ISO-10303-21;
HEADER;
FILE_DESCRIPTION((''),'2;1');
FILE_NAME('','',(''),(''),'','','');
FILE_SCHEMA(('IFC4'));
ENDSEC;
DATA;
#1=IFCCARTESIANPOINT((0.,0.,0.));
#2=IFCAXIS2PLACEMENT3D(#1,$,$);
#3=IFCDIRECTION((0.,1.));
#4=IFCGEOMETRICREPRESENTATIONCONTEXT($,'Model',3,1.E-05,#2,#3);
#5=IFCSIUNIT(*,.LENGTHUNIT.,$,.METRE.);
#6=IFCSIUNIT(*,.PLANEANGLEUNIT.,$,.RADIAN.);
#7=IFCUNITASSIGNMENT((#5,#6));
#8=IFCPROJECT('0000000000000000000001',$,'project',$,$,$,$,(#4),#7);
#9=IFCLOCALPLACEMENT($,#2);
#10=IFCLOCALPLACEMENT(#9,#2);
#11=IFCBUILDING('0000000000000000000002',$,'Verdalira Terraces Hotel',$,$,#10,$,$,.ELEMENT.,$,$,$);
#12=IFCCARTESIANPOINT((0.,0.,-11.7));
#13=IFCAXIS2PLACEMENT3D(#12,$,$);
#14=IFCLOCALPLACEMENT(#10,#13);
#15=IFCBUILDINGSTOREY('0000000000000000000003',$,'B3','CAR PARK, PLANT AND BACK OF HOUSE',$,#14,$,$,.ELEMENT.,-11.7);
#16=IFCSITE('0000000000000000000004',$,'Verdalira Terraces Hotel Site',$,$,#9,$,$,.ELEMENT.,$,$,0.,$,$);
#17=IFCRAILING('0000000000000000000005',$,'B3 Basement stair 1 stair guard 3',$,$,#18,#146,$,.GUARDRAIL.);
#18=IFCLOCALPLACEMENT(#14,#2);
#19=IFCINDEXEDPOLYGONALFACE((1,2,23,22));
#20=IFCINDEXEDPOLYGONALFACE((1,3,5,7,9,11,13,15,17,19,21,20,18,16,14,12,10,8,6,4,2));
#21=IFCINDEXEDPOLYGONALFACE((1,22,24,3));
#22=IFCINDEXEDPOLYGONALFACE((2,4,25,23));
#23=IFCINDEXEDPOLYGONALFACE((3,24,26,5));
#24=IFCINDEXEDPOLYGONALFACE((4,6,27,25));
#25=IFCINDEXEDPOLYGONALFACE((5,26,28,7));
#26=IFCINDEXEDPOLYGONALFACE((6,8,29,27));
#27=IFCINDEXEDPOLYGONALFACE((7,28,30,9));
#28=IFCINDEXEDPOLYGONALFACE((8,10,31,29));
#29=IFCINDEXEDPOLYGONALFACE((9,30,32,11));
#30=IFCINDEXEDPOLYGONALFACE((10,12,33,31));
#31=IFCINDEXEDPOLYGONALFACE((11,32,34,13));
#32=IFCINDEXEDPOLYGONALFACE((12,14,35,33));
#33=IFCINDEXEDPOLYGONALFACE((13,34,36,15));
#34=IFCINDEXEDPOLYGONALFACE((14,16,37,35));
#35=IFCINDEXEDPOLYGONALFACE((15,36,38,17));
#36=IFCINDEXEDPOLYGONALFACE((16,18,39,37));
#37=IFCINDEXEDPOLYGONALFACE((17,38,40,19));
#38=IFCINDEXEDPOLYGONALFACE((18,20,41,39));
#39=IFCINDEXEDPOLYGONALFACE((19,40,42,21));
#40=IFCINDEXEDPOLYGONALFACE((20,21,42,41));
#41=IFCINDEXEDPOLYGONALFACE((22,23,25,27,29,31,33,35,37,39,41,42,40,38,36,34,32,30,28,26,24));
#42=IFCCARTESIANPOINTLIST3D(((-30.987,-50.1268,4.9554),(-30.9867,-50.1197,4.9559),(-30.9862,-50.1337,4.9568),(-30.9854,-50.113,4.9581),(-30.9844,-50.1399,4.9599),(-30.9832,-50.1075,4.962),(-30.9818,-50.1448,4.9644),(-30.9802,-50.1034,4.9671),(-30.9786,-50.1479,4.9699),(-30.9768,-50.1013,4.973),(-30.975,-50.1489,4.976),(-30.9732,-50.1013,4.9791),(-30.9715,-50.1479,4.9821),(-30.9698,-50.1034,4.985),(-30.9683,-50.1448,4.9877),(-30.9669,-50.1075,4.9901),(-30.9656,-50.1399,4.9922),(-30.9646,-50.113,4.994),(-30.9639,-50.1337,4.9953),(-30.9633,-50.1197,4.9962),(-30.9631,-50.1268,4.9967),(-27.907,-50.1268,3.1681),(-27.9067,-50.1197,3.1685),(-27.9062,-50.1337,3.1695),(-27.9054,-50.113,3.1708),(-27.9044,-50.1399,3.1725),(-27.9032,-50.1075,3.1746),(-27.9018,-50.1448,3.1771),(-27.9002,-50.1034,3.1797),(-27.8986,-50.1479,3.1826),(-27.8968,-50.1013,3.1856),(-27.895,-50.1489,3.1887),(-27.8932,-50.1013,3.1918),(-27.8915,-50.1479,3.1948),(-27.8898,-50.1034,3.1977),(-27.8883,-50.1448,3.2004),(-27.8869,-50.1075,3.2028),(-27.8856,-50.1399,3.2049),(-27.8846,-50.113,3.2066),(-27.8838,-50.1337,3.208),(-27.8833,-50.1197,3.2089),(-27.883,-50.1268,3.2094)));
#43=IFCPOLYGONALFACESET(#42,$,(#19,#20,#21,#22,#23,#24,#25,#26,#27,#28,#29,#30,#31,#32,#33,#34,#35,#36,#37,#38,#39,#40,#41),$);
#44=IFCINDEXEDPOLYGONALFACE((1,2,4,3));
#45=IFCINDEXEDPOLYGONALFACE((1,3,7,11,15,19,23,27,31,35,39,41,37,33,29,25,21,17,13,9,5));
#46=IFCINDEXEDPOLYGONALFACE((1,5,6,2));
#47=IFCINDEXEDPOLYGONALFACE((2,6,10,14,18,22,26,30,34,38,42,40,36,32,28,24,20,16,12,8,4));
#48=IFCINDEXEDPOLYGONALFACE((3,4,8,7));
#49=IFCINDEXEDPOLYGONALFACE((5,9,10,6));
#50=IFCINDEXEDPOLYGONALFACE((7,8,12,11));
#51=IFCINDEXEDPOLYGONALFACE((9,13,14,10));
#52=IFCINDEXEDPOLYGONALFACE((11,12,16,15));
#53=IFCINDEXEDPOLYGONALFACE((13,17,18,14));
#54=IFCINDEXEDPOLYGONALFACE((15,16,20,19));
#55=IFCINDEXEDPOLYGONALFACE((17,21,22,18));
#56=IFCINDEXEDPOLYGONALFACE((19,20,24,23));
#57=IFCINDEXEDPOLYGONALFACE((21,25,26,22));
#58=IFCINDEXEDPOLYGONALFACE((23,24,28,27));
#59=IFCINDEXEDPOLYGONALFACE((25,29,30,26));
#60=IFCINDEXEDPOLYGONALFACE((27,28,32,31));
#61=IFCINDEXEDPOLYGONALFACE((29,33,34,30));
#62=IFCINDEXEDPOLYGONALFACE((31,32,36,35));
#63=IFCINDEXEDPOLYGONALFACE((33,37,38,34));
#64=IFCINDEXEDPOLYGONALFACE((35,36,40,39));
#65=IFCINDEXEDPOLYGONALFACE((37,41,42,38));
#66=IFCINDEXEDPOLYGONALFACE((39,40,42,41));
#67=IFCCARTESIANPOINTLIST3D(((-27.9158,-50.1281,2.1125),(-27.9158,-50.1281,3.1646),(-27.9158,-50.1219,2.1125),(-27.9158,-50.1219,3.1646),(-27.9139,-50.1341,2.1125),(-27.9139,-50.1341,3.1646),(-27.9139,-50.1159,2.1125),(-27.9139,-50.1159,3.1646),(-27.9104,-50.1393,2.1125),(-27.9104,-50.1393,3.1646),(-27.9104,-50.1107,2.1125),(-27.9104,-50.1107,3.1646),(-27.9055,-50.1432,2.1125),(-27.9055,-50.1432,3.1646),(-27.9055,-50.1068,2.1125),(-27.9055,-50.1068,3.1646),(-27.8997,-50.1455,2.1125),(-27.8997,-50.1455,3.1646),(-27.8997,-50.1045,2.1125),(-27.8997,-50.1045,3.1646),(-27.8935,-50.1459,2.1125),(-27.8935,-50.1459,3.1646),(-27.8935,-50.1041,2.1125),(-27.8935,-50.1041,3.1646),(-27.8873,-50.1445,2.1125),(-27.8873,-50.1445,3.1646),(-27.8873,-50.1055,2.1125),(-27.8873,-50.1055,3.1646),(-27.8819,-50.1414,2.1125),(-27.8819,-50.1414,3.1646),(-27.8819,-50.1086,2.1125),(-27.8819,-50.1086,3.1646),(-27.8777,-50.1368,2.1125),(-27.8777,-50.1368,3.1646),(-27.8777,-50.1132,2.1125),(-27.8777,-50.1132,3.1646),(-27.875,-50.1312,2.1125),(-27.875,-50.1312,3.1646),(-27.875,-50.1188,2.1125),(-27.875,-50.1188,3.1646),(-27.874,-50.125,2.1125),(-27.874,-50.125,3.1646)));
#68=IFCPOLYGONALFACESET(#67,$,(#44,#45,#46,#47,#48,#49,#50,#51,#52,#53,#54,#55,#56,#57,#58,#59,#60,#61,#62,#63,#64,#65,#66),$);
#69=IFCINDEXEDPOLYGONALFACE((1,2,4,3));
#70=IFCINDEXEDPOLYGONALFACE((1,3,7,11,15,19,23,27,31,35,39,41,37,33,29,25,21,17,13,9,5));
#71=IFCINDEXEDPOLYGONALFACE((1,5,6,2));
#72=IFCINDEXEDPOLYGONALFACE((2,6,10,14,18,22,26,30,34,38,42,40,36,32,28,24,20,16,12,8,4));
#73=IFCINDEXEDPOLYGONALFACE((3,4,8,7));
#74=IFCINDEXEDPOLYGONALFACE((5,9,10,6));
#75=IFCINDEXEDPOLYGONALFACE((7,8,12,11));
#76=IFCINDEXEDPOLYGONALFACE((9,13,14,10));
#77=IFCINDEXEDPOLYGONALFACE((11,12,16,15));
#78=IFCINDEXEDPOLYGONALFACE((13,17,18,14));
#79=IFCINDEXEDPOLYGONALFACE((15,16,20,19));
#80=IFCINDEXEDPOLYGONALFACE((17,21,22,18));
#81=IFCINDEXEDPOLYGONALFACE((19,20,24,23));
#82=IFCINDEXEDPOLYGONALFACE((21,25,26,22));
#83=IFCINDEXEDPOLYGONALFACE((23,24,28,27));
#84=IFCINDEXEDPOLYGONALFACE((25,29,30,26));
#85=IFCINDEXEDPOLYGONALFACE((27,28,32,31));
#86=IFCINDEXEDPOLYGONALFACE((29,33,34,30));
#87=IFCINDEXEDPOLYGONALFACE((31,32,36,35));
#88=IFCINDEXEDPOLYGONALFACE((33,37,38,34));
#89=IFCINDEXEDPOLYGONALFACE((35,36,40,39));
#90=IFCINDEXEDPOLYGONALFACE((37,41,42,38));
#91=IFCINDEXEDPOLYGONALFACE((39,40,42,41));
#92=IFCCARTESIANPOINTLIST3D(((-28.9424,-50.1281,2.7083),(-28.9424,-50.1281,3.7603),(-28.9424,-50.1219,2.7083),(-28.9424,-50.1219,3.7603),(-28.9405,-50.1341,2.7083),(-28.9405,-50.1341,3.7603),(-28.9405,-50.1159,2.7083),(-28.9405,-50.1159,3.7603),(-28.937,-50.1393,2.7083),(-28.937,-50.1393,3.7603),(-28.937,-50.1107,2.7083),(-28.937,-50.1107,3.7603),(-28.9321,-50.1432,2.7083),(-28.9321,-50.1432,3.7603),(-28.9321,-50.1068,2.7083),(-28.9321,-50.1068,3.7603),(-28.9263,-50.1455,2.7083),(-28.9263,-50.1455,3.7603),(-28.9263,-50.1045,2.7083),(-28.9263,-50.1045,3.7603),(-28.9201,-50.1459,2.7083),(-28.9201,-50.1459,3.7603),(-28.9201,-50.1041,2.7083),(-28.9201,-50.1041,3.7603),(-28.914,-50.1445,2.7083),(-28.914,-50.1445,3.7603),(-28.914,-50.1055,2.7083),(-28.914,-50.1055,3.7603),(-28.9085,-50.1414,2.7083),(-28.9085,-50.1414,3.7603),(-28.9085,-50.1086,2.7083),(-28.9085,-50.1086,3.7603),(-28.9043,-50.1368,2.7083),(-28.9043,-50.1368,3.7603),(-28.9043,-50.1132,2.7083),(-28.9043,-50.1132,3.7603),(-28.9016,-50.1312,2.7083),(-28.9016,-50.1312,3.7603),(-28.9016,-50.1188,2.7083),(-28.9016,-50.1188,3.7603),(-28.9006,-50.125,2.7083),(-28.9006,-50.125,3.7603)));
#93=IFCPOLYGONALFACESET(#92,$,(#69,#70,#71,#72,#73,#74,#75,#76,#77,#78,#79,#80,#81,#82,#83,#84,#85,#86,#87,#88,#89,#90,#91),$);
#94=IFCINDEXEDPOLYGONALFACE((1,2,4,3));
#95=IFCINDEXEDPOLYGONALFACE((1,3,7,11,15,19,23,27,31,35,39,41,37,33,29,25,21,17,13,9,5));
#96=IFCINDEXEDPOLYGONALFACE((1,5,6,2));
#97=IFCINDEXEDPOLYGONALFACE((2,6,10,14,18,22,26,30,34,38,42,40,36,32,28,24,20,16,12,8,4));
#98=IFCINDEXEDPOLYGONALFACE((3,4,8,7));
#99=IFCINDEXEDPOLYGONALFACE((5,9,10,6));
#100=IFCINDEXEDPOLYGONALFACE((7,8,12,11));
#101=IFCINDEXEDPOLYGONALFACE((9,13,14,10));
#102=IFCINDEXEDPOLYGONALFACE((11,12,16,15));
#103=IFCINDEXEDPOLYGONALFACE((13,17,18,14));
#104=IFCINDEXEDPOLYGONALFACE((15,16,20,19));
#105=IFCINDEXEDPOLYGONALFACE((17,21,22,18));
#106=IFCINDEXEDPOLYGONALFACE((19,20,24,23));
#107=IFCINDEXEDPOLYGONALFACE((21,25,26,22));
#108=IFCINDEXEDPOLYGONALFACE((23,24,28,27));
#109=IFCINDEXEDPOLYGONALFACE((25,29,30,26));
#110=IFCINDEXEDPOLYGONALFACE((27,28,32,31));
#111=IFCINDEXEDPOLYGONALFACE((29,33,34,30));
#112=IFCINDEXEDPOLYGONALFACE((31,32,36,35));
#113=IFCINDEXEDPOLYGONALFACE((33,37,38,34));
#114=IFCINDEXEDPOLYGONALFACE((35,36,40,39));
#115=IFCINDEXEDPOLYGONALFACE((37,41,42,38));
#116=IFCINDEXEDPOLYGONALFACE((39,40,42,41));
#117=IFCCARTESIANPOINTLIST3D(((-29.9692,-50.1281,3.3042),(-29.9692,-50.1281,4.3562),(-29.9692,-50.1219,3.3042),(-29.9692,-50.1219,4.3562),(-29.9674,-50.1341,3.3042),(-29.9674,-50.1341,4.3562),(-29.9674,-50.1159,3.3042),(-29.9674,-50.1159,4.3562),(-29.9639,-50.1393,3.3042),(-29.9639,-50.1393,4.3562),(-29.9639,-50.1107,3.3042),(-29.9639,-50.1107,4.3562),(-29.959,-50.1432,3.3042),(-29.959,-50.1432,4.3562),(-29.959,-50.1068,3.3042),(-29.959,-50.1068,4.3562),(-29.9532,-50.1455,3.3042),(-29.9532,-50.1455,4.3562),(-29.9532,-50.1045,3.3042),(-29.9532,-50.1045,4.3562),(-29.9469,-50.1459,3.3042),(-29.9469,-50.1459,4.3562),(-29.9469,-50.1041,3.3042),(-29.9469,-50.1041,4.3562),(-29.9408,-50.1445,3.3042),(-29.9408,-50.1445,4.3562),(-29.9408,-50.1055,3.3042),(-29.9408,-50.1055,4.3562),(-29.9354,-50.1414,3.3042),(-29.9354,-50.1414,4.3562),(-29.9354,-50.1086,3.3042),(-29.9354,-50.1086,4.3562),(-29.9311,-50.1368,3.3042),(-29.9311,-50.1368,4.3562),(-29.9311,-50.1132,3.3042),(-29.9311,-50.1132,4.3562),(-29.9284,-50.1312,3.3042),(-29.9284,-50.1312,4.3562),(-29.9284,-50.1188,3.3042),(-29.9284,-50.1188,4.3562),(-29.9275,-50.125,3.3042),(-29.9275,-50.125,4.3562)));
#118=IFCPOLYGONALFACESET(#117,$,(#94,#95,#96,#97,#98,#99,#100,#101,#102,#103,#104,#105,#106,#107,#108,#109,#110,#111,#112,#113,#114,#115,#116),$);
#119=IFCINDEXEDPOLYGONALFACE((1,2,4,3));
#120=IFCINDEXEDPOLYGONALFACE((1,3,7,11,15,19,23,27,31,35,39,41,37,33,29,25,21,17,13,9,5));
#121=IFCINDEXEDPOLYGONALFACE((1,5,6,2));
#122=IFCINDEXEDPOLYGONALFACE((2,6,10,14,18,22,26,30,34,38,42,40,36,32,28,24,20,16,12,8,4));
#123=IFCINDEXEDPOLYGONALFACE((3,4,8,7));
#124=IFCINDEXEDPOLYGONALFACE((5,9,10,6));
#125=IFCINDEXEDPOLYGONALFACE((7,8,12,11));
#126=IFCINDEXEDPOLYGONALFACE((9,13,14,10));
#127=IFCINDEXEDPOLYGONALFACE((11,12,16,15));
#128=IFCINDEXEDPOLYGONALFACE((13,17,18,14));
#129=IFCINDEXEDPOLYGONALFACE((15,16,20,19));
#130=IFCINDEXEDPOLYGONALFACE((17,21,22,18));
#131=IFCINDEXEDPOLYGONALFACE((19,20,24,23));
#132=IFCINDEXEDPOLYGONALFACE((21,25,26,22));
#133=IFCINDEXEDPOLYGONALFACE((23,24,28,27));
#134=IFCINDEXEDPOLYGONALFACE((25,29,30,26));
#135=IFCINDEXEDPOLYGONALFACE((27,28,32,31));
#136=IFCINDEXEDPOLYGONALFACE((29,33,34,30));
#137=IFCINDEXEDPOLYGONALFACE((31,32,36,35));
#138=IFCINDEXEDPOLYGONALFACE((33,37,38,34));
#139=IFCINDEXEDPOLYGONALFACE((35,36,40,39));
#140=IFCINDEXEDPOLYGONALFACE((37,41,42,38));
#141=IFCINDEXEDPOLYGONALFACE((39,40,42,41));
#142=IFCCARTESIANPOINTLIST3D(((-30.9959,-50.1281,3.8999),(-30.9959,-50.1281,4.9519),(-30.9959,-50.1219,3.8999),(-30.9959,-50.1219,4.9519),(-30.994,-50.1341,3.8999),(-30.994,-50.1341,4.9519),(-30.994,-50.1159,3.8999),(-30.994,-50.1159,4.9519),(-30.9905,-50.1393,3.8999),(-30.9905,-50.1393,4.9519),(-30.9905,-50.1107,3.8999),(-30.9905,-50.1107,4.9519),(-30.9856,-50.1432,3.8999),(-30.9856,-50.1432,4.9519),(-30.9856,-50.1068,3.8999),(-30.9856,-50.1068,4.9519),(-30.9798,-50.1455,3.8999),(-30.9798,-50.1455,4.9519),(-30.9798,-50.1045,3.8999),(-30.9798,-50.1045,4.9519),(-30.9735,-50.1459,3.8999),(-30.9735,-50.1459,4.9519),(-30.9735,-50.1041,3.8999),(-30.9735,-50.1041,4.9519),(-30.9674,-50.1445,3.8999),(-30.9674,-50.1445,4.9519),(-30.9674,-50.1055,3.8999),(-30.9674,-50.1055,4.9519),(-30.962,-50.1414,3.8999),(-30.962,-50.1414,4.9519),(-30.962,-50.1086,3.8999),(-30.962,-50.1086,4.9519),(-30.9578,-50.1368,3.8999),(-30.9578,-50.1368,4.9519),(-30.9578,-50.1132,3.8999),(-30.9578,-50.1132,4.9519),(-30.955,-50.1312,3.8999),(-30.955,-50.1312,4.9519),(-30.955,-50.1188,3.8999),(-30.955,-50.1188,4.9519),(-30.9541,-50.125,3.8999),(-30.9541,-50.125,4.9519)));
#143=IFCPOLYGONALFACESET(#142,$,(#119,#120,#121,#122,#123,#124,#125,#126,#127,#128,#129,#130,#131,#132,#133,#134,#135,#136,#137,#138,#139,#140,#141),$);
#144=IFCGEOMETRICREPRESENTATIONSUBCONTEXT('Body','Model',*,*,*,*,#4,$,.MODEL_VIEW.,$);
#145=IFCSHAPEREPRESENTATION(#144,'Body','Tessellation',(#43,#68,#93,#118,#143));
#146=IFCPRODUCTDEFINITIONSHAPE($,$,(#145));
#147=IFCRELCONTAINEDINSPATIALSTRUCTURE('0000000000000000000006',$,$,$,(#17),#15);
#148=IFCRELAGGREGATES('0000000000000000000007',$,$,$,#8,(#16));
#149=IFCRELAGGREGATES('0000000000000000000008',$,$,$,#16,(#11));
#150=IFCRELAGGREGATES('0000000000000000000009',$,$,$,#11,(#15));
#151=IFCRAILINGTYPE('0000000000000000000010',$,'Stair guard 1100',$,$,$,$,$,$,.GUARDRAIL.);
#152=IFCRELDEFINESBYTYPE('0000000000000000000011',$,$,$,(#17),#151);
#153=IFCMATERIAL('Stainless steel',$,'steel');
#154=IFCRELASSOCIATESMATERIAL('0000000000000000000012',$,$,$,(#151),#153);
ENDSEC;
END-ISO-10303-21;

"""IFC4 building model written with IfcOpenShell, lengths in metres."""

from ifc_helpers import new_model, si_unit, direction, frame, origin, origin_2d, place, context, subcontext, project, spatial, circle, extrude, material, type_object, element, save


model = new_model("IFC4")

# Units and contexts
model_context = context("Model", 3, precision=1e-05, world=origin(), true_north=direction((0.0, 1.0)))
body_context = subcontext(model_context, "Body", "Model", "MODEL_VIEW")
ifc_project = project(units=[si_unit("LENGTHUNIT", "METRE"), si_unit("PLANEANGLEUNIT", "RADIAN")], contexts=[model_context])

# Site, building, storey
site_placement = place(None, origin())
site = spatial("IfcSite", under=ifc_project, at=site_placement, Name="Verdalira Terraces Hotel Site", CompositionType="ELEMENT", RefElevation=0.0)
building_placement = place(site_placement, origin())
building = spatial("IfcBuilding", under=site, at=building_placement, Name="Verdalira Terraces Hotel", CompositionType="ELEMENT")
storey_placement = place(building_placement, frame((0.0, 0.0, -11.7)))
storey = spatial("IfcBuildingStorey", under=building, at=storey_placement, Name="B3", Description="CAR PARK, PLANT AND BACK OF HOUSE", CompositionType="ELEMENT", Elevation=-11.7)

# Railing
ifc_material_1 = material(Name="Stainless steel", Category="steel")
railing_type_1 = type_object("IfcRailingType", Name="Stair guard 1100", PredefinedType="GUARDRAIL", material=ifc_material_1)
railing_1_placement = place(storey_placement, frame((-27.895, -50.125, 2.1125)))
element("IfcRailing", 1, at=railing_1_placement, inside=storey, type_object=railing_type_1, Name="B3 Basement stair 1 stair guard 3", PredefinedType="GUARDRAIL", context=body_context, shape_type="SweptSolid", body=[
    extrude(circle(Radius=0.0239, at=origin_2d()), frame((0.0, 0.0, 1.0762), z_axis=(-0.86492, 0.0, 0.501909), x_axis=(0.0, -1.0, 0.0)), (0.0, 0.0, 1.0), 3.561),
    extrude(circle(Radius=0.021, at=origin_2d()), origin(), (0.0, 0.0, 1.0), 1.052),
    extrude(circle(Radius=0.021, at=origin_2d()), frame((-1.0266, 0.0, 0.5957)), (0.0, 0.0, 1.0), 1.052),
    extrude(circle(Radius=0.021, at=origin_2d()), frame((-2.0535, 0.0, 1.1917)), (0.0, 0.0, 1.0), 1.052),
    extrude(circle(Radius=0.021, at=origin_2d()), frame((-3.0801, 0.0, 1.7874)), (0.0, 0.0, 1.0), 1.052),
])

save(model, "model.ifc")
